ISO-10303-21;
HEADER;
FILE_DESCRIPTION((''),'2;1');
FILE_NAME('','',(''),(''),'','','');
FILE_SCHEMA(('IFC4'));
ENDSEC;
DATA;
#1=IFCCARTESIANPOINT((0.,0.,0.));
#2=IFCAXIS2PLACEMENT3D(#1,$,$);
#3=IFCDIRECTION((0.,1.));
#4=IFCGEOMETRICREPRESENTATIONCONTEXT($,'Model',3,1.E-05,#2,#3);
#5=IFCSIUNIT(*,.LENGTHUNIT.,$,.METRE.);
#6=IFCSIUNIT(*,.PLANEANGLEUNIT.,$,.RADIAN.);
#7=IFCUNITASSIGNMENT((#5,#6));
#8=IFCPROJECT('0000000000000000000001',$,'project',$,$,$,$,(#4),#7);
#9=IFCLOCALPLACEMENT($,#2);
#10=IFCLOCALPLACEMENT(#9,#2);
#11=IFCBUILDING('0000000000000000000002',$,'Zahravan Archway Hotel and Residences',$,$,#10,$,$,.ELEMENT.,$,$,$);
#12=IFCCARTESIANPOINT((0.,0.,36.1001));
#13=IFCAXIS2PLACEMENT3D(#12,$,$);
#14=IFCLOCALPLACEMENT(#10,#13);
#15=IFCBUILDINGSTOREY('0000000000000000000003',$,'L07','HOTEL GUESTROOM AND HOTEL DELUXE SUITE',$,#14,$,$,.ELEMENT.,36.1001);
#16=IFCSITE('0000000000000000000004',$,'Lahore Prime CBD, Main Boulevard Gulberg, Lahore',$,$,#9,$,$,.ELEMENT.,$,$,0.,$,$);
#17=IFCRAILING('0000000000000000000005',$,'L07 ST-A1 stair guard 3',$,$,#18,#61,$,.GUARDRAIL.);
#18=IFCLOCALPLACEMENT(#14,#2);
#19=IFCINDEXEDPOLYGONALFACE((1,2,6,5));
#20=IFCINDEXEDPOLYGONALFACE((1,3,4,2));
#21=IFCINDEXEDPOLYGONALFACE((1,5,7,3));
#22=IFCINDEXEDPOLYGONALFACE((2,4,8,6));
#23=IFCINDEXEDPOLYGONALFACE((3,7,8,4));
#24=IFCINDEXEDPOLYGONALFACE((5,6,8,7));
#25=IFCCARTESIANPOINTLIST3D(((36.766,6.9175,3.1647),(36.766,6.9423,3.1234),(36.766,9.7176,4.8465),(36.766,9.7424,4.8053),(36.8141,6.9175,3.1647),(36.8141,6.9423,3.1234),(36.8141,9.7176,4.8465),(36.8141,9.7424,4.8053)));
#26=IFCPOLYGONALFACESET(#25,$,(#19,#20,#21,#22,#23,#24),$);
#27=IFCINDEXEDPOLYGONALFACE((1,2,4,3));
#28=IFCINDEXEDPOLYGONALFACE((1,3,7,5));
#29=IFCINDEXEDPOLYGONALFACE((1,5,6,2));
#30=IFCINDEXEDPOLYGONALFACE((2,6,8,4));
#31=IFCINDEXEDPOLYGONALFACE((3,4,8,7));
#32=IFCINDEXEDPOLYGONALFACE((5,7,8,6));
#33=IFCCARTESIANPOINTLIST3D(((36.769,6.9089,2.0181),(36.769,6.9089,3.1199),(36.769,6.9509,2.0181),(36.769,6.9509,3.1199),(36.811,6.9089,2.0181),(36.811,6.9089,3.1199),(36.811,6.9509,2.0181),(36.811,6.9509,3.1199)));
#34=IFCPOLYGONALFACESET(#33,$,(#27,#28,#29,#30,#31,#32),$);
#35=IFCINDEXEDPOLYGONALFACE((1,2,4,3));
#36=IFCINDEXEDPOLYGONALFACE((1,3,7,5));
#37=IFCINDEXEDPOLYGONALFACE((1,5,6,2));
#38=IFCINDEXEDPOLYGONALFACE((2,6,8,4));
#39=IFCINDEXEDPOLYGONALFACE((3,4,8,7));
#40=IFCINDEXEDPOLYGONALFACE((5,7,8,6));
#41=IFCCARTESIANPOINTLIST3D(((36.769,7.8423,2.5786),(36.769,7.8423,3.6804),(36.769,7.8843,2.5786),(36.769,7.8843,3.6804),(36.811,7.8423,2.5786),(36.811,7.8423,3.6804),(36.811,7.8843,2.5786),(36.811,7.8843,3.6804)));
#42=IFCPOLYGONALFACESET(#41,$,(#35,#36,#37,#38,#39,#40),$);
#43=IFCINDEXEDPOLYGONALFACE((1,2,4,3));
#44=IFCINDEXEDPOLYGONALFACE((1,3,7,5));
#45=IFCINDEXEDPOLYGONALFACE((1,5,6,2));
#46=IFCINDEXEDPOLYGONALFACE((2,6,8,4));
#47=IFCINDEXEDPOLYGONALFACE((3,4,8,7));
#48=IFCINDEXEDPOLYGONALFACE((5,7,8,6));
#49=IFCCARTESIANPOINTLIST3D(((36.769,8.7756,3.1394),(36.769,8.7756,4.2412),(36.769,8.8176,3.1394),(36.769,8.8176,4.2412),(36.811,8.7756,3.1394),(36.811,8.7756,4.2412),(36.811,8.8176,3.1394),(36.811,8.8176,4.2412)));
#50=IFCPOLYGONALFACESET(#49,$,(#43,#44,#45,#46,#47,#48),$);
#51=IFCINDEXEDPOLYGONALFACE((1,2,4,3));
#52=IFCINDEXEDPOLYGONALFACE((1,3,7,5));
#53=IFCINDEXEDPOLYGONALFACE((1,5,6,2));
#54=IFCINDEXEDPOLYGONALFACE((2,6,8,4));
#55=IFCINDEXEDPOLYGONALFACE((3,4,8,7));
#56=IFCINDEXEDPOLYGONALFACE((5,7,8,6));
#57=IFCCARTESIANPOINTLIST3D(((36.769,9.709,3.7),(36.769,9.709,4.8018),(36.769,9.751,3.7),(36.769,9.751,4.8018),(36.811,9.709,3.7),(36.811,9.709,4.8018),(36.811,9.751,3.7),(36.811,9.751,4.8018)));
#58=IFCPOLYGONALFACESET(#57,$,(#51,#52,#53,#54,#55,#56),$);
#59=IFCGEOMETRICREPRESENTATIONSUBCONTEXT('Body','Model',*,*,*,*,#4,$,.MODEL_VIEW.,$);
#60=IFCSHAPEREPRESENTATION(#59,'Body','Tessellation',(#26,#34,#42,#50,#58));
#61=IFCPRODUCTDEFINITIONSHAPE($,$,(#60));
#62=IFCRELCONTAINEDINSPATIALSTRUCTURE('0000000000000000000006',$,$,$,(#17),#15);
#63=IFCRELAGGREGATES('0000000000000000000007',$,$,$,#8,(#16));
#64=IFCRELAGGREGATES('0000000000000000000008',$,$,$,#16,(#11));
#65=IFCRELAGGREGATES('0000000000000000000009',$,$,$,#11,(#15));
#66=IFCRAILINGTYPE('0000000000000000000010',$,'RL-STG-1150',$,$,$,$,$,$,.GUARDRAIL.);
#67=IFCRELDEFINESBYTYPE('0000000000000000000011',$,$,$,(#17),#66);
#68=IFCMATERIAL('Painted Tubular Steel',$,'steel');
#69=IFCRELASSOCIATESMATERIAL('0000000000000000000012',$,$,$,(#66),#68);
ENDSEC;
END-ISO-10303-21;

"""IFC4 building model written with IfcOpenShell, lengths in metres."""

from ifc_helpers import new_model, si_unit, direction, frame, origin, origin_2d, place, context, subcontext, project, spatial, rectangle, extrude, material, type_object, element, save


model = new_model("IFC4")

# Units and contexts
model_context = context("Model", 3, precision=1e-05, world=origin(), true_north=direction((0.0, 1.0)))
body_context = subcontext(model_context, "Body", "Model", "MODEL_VIEW")
ifc_project = project(units=[si_unit("LENGTHUNIT", "METRE"), si_unit("PLANEANGLEUNIT", "RADIAN")], contexts=[model_context])

# Site, building, storey
site_placement = place(None, origin())
site = spatial("IfcSite", under=ifc_project, at=site_placement, Name="Lahore Prime CBD, Main Boulevard Gulberg, Lahore", CompositionType="ELEMENT", RefElevation=0.0)
building_placement = place(site_placement, origin())
building = spatial("IfcBuilding", under=site, at=building_placement, Name="Zahravan Archway Hotel and Residences", CompositionType="ELEMENT")
storey_placement = place(building_placement, frame((0.0, 0.0, 36.1001)))
storey = spatial("IfcBuildingStorey", under=building, at=storey_placement, Name="L07", Description="HOTEL GUESTROOM AND HOTEL DELUXE SUITE", CompositionType="ELEMENT", Elevation=36.1001)

# Railing
ifc_material_1 = material(Name="Painted Tubular Steel", Category="steel")
railing_type = type_object("IfcRailingType", Name="RL-STG-1150", PredefinedType="GUARDRAIL", material=ifc_material_1)
railing_1_placement = place(storey_placement, frame((36.79, 6.9299, 2.0181)))
element("IfcRailing", 1, at=railing_1_placement, inside=storey, type_object=railing_type, Name="L07 ST-A1 stair guard 3", PredefinedType="GUARDRAIL", context=body_context, shape_type="SweptSolid", body=[
    extrude(rectangle(XDim=0.0481, YDim=0.0481, at=origin_2d()), frame((0.0, 0.0, 1.126), z_axis=(0.0, 0.857242, 0.514913), x_axis=(-1.0, 0.0, 0.0)), (0.0, 0.0, 1.0), 3.2664),
    extrude(rectangle(XDim=0.042, YDim=0.042, at=origin_2d()), origin(), (0.0, 0.0, 1.0), 1.1018),
    extrude(rectangle(XDim=0.042, YDim=0.042, at=origin_2d()), frame((0.0, 0.9333, 0.5605)), (0.0, 0.0, 1.0), 1.1018),
    extrude(rectangle(XDim=0.042, YDim=0.042, at=origin_2d()), frame((0.0, 1.8667, 1.1213)), (0.0, 0.0, 1.0), 1.1018),
    extrude(rectangle(XDim=0.042, YDim=0.042, at=origin_2d()), frame((0.0, 2.8, 1.6819)), (0.0, 0.0, 1.0), 1.1018),
])

save(model, "model.ifc")
